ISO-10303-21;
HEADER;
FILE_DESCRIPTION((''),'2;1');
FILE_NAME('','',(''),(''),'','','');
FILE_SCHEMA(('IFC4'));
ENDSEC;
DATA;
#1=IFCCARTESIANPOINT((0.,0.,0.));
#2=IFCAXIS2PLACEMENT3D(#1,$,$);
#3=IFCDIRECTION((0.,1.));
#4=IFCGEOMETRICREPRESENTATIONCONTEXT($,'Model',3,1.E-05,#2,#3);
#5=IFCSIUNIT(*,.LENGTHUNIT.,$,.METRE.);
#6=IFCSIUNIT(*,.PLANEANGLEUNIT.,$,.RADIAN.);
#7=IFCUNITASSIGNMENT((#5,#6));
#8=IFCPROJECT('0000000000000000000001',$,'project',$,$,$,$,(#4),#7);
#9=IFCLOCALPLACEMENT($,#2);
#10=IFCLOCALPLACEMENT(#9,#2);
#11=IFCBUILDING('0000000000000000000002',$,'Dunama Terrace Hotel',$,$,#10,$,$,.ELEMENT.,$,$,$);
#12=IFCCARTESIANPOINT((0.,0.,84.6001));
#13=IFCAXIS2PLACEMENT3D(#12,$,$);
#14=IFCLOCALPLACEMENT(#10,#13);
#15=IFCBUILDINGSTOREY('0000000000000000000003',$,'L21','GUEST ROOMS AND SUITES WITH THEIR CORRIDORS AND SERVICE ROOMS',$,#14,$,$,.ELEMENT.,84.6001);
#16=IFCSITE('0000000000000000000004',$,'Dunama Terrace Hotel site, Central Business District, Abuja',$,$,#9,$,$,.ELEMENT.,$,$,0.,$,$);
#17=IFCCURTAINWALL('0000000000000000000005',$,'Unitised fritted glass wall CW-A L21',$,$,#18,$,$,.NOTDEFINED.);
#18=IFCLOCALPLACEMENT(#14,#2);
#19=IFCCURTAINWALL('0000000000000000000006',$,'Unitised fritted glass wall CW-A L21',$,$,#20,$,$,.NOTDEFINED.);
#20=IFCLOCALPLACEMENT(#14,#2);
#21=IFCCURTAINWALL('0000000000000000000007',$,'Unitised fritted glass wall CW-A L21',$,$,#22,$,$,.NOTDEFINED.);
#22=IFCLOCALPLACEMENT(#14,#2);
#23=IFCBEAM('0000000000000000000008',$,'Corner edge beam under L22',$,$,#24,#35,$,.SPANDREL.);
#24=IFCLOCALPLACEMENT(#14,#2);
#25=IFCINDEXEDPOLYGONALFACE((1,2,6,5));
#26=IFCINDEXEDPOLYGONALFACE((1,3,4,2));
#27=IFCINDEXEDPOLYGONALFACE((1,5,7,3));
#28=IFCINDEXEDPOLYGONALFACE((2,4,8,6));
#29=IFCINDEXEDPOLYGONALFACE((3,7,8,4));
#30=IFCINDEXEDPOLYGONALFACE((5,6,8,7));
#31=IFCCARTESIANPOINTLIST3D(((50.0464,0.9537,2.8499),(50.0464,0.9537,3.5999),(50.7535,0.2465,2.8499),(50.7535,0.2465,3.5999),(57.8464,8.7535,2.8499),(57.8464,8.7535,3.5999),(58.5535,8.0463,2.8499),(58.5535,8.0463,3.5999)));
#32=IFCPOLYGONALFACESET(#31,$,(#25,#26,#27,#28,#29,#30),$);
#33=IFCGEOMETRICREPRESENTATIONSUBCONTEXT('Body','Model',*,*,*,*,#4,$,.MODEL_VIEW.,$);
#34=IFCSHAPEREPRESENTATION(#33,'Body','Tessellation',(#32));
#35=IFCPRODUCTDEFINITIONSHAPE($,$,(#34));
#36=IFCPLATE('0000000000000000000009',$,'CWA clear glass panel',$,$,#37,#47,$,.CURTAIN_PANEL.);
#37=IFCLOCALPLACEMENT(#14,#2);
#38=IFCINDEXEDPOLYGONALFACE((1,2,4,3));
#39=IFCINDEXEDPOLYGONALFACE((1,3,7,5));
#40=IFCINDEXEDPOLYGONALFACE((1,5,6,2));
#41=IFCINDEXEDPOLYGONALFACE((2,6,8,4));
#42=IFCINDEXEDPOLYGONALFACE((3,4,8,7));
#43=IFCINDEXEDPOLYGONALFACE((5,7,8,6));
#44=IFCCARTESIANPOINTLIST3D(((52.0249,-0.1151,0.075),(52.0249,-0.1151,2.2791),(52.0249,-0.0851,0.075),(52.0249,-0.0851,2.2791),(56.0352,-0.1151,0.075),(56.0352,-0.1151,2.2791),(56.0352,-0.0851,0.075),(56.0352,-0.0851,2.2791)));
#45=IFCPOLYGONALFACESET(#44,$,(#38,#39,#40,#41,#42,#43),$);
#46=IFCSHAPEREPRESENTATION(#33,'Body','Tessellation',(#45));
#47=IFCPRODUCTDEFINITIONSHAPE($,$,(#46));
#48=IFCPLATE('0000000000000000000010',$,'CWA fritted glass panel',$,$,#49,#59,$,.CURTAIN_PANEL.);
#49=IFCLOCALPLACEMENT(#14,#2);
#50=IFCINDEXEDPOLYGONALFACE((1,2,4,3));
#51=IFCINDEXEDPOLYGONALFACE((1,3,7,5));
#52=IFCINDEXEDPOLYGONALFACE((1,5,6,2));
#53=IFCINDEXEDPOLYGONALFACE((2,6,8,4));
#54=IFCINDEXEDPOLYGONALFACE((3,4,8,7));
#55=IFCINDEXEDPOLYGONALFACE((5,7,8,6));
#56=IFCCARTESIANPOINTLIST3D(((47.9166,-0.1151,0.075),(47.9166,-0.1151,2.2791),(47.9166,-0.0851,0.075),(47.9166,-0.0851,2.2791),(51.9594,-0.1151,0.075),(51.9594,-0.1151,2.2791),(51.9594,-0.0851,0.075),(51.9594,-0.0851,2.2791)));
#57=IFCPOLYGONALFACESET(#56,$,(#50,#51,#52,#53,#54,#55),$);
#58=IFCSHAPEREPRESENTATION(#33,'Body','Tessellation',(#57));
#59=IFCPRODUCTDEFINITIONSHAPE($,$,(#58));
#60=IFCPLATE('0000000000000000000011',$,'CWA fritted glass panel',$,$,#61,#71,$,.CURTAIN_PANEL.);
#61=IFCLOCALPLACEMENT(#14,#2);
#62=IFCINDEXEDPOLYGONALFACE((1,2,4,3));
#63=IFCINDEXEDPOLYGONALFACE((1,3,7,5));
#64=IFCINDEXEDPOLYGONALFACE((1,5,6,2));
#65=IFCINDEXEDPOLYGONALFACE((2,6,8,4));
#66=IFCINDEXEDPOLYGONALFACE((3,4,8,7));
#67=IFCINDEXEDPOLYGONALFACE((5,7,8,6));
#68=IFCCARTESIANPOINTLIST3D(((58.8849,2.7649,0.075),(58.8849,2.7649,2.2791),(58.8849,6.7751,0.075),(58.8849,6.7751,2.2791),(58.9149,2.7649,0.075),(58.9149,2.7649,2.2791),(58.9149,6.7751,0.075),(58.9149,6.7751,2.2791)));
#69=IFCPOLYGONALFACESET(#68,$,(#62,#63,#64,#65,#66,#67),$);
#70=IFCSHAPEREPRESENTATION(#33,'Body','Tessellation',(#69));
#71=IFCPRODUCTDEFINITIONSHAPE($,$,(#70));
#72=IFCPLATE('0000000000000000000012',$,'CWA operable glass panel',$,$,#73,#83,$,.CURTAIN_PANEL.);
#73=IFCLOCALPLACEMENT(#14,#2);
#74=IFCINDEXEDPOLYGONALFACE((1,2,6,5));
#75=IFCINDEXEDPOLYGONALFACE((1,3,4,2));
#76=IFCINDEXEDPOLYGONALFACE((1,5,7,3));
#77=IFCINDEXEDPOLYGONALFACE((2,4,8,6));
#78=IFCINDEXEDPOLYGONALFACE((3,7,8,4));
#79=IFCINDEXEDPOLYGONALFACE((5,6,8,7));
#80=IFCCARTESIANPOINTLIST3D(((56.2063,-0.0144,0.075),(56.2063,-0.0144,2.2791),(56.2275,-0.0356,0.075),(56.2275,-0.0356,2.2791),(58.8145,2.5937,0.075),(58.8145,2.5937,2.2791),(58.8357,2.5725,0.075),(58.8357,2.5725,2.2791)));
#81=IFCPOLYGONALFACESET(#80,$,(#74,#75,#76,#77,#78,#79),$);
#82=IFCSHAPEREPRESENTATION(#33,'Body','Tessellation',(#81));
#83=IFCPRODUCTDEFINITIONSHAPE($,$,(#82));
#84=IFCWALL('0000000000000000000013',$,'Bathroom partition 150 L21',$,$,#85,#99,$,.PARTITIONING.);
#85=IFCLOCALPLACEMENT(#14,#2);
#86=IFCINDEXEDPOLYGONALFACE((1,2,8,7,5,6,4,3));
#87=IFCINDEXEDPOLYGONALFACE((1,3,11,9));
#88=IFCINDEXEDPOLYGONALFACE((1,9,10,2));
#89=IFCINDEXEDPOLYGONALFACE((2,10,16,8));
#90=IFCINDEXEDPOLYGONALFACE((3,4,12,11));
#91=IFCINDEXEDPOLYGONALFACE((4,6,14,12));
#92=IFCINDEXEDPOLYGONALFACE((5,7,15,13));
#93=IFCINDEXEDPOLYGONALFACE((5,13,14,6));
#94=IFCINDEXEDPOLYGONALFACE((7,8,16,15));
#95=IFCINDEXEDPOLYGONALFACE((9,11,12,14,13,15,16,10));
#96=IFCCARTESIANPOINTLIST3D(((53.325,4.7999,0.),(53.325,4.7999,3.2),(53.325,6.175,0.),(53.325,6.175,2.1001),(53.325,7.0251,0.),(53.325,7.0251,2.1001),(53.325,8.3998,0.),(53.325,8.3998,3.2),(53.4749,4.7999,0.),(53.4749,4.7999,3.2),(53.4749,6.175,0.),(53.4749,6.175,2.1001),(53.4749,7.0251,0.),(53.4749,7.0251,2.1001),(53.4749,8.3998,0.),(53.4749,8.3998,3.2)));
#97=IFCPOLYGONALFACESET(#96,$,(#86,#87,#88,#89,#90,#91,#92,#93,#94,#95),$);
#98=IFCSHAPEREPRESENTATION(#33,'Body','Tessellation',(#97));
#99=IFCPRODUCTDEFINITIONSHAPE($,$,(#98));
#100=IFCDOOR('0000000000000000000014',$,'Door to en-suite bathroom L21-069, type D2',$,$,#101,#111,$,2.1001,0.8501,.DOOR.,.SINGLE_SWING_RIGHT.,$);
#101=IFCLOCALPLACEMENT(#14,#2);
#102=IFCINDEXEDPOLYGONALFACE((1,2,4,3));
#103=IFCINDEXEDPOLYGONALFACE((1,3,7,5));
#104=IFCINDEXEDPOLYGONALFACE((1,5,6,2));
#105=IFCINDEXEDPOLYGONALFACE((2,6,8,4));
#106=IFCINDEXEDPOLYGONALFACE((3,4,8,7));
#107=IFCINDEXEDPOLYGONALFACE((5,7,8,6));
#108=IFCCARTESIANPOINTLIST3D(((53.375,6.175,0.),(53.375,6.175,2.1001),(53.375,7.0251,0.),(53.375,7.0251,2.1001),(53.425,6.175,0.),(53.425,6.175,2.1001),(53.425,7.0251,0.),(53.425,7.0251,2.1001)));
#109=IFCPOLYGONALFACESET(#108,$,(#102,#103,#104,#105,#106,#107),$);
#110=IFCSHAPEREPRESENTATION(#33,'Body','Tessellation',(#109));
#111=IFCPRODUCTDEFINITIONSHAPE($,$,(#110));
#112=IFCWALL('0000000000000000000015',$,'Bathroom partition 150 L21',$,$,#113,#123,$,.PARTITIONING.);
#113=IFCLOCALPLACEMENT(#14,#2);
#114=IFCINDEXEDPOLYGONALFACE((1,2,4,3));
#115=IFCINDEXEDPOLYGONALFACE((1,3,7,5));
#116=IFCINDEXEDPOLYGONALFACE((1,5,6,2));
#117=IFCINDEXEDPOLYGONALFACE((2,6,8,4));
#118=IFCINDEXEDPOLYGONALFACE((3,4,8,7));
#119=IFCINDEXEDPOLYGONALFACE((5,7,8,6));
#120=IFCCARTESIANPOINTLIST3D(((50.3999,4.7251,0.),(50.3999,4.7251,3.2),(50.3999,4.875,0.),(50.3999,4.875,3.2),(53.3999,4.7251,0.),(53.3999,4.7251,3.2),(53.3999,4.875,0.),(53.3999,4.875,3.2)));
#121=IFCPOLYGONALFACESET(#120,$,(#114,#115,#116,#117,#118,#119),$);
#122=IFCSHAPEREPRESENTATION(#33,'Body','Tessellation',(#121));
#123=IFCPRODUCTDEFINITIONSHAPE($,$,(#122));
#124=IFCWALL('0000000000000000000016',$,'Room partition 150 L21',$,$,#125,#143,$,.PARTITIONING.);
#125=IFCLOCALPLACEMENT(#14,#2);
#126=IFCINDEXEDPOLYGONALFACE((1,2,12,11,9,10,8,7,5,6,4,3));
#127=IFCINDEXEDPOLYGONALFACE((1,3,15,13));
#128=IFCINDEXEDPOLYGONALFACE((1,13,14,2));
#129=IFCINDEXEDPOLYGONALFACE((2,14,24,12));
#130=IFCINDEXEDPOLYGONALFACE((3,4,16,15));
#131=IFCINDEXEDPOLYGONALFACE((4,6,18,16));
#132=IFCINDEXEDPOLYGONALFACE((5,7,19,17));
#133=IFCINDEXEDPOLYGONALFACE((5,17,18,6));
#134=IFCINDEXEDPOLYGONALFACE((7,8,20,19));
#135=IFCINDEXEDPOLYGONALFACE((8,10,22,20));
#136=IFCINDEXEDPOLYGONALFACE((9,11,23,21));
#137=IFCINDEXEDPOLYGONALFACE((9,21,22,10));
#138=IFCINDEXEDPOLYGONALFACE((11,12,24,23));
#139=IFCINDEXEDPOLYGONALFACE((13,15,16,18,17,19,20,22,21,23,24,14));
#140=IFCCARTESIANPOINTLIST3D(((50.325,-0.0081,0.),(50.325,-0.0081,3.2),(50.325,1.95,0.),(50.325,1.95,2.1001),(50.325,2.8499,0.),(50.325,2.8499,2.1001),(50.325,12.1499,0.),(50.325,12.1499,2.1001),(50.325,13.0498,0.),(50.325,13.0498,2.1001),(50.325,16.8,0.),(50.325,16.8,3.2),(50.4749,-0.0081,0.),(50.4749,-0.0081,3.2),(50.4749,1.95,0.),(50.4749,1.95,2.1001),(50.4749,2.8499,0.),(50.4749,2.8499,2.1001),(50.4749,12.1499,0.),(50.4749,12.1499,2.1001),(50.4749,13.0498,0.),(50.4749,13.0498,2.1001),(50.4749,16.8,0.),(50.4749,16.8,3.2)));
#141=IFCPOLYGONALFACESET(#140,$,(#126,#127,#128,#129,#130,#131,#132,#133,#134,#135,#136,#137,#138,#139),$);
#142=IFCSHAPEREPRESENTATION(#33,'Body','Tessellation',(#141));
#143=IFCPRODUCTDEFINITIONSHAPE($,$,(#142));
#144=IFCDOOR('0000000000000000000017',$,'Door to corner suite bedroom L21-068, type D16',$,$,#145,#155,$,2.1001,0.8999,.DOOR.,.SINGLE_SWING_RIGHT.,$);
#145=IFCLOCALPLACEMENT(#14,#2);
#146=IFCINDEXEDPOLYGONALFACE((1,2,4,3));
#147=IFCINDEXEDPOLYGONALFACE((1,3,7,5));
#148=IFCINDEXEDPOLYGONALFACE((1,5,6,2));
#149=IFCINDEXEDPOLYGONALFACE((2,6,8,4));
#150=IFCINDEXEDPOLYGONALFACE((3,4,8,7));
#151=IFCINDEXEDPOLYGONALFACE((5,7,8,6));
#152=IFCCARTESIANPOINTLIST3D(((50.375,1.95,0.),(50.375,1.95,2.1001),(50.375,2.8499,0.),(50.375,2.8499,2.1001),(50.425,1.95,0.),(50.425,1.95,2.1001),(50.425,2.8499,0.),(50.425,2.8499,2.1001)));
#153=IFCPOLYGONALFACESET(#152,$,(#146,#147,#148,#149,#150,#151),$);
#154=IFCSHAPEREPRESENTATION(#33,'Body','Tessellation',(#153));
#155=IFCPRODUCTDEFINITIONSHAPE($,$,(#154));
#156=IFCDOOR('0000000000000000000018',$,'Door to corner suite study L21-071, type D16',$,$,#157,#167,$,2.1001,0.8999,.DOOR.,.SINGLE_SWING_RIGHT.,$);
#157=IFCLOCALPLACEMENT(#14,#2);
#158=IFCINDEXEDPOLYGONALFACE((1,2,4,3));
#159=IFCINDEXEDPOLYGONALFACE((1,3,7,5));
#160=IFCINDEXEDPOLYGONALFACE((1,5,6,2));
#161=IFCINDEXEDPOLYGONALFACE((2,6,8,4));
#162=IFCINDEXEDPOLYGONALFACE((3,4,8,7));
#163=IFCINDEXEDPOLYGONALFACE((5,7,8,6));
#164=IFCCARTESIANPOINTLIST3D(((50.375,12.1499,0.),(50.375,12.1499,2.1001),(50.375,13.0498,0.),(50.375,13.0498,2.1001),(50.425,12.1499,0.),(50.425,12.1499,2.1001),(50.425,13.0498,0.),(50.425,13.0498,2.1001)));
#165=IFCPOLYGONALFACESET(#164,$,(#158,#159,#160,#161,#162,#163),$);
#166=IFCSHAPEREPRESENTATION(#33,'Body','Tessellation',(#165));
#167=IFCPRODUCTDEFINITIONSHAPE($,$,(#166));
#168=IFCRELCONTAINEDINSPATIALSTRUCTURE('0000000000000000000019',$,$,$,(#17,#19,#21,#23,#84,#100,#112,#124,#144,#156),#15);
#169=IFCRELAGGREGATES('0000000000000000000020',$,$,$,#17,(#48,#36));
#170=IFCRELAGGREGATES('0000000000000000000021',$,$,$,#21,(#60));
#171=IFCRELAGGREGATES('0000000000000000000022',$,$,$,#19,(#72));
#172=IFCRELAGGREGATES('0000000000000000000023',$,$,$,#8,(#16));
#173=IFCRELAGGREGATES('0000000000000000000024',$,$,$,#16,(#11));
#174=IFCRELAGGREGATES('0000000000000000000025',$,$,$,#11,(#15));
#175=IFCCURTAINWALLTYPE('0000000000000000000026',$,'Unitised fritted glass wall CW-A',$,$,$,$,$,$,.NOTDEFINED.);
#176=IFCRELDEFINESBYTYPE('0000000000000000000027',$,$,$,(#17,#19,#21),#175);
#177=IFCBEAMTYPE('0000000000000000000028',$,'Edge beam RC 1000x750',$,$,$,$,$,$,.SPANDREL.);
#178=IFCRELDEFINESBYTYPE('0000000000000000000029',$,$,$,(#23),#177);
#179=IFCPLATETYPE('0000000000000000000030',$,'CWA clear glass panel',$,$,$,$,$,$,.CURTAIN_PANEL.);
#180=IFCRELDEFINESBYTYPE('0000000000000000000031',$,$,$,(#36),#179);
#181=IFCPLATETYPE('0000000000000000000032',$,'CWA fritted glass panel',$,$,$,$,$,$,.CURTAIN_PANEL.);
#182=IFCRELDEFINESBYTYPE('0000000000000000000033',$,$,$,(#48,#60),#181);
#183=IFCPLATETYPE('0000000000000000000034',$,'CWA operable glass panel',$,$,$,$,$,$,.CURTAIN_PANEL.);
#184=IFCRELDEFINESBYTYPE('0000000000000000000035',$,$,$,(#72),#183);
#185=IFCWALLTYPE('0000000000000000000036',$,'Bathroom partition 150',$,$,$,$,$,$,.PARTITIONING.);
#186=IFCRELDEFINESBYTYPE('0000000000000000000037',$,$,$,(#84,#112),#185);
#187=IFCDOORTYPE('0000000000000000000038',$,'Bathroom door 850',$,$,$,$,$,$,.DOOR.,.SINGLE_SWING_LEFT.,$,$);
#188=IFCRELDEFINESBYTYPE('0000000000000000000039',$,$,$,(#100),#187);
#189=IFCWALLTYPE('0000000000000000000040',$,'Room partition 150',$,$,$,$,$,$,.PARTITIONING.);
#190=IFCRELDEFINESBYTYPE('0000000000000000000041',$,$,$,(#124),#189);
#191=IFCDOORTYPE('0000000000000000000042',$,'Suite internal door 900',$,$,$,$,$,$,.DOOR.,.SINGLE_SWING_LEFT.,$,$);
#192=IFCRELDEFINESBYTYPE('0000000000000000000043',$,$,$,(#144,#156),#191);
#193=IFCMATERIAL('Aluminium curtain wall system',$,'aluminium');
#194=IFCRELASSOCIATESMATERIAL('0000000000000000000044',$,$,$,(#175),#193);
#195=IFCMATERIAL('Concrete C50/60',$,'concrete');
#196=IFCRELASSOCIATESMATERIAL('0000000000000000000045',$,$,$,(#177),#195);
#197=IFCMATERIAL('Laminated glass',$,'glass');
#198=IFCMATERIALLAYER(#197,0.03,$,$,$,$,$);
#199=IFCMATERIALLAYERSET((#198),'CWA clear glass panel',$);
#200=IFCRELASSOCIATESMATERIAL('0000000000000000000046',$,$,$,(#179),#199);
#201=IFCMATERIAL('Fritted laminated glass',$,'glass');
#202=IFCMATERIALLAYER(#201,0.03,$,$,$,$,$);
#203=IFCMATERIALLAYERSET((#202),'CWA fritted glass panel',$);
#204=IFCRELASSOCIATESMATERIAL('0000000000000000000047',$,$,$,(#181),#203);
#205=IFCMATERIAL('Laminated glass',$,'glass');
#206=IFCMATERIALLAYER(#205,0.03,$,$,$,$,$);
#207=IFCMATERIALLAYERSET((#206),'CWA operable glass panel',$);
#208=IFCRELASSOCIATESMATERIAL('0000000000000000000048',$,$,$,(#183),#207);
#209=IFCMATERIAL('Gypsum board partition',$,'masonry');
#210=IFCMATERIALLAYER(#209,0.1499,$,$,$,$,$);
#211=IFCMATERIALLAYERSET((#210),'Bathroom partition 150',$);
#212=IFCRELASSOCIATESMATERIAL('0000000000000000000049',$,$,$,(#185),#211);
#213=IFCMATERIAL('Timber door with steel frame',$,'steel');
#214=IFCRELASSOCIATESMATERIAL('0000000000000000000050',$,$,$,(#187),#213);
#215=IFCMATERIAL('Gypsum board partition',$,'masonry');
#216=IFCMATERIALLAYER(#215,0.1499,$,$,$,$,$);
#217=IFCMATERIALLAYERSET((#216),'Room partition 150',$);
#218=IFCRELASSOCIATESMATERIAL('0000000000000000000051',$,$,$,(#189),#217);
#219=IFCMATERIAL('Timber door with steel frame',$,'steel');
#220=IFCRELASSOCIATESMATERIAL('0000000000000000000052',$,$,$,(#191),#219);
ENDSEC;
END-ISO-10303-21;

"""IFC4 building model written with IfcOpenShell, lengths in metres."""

from ifc_helpers import new_model, si_unit, direction, frame, frame_2d, origin, origin_2d, place, context, subcontext, project, spatial, rectangle, extrude, material, layer, layer_set, material_profile, profile_set, type_object, element, fill, aggregate, save


model = new_model("IFC4")

# Units and contexts
model_context = context("Model", 3, precision=1e-05, world=origin(), true_north=direction((0.0, 1.0)))
body_context = subcontext(model_context, "Body", "Model", "MODEL_VIEW")
ifc_project = project(units=[si_unit("LENGTHUNIT", "METRE"), si_unit("PLANEANGLEUNIT", "RADIAN")], contexts=[model_context])

# Site, building, storey
site_placement = place(None, origin())
site = spatial("IfcSite", under=ifc_project, at=site_placement, Name="Dunama Terrace Hotel site, Central Business District, Abuja", CompositionType="ELEMENT", RefElevation=0.0)
building_placement = place(site_placement, origin())
building = spatial("IfcBuilding", under=site, at=building_placement, Name="Dunama Terrace Hotel", CompositionType="ELEMENT")
storey_placement = place(building_placement, frame((0.0, 0.0, 84.6001)))
storey = spatial("IfcBuildingStorey", under=building, at=storey_placement, Name="L21", Description="GUEST ROOMS AND SUITES WITH THEIR CORRIDORS AND SERVICE ROOMS", CompositionType="ELEMENT", Elevation=84.6001)

# Curtain walls
ifc_material_1 = material(Name="Aluminium curtain wall system", Category="aluminium")
curtain_wall_type = type_object("IfcCurtainWallType", Name="Unitised fritted glass wall CW-A", PredefinedType="NOTDEFINED", material=ifc_material_1)
curtain_wall_1_placement = place(storey_placement, origin())
curtain_wall_1 = element("IfcCurtainWall", 1, at=curtain_wall_1_placement, inside=storey, type_object=curtain_wall_type, Name="Unitised fritted glass wall CW-A L21", PredefinedType="NOTDEFINED")
curtain_wall_2_placement = place(storey_placement, origin())
curtain_wall_2 = element("IfcCurtainWall", 2, at=curtain_wall_2_placement, inside=storey, type_object=curtain_wall_type, Name="Unitised fritted glass wall CW-A L21", PredefinedType="NOTDEFINED")
curtain_wall_3_placement = place(storey_placement, origin())
curtain_wall_3 = element("IfcCurtainWall", 3, at=curtain_wall_3_placement, inside=storey, type_object=curtain_wall_type, Name="Unitised fritted glass wall CW-A L21", PredefinedType="NOTDEFINED")

# Beam
ifc_material_2 = material(Name="Concrete C50/60", Category="concrete")
ifc_material_profile_1 = material_profile(ifc_material_2, rectangle(XDim=1.0, YDim=0.75, at=origin_2d()), Name="RC 1000x750")
ifc_profile_set_1 = profile_set([ifc_material_profile_1], Name="Concrete C50/60")
beam_type = type_object("IfcBeamType", Name="Edge beam RC 1000x750", PredefinedType="SPANDREL", material=ifc_profile_set_1)
beam_placement = place(storey_placement, frame((50.3999, 0.6001, 3.2249), z_axis=(0.707118, 0.707096, 0.0), x_axis=(-0.707096, 0.707118, 0.0)))
element("IfcBeam", 4, at=beam_placement, inside=storey, type_object=beam_type, Name="Corner edge beam under L22", PredefinedType="SPANDREL", context=body_context, shape_type="SweptSolid", body=[
    extrude(rectangle(XDim=1.0, YDim=0.75, at=origin_2d()), origin(), (0.0, 0.0, 1.0), 11.0308),
])

# Plates
ifc_material_3 = material(Name="Laminated glass", Category="glass")
ifc_layer_1 = layer(ifc_material_3, 0.03)
ifc_layer_set_1 = layer_set([ifc_layer_1], Name="CWA clear glass panel")
plate_type_1 = type_object("IfcPlateType", Name="CWA clear glass panel", PredefinedType="CURTAIN_PANEL", material=ifc_layer_set_1)
plate_1_placement = place(storey_placement, frame((54.03, -0.1001, 0.075), z_axis=(0.0, 0.0, 1.0), x_axis=(1.0, 0.0, 0.0)))
plate_1 = element("IfcPlate", 5, at=plate_1_placement, type_object=plate_type_1, Name="CWA clear glass panel", PredefinedType="CURTAIN_PANEL", context=body_context, shape_type="SweptSolid", body=[
    extrude(rectangle(XDim=4.0103, YDim=0.03, at=origin_2d()), origin(), (0.0, 0.0, 1.0), 2.2041),
])
ifc_material_4 = material(Name="Fritted laminated glass", Category="glass")
ifc_layer_2 = layer(ifc_material_4, 0.03)
ifc_layer_set_2 = layer_set([ifc_layer_2], Name="CWA fritted glass panel")
plate_type_2 = type_object("IfcPlateType", Name="CWA fritted glass panel", PredefinedType="CURTAIN_PANEL", material=ifc_layer_set_2)
plate_2_placement = place(storey_placement, frame((49.938, -0.1001, 0.075), z_axis=(0.0, 0.0, 1.0), x_axis=(1.0, 0.0, 0.0)))
plate_2 = element("IfcPlate", 6, at=plate_2_placement, type_object=plate_type_2, Name="CWA fritted glass panel", PredefinedType="CURTAIN_PANEL", context=body_context, shape_type="SweptSolid", body=[
    extrude(rectangle(XDim=4.0427, YDim=0.03, at=origin_2d()), origin(), (0.0, 0.0, 1.0), 2.2041),
])
aggregate(curtain_wall_1, [plate_2, plate_1])
plate_3_placement = place(storey_placement, frame((58.8999, 4.77, 0.075), z_axis=(0.0, 0.0, 1.0), x_axis=(0.0, 1.0, 0.0)))
plate_3 = element("IfcPlate", 7, at=plate_3_placement, type_object=plate_type_2, Name="CWA fritted glass panel", PredefinedType="CURTAIN_PANEL", context=body_context, shape_type="SweptSolid", body=[
    extrude(rectangle(XDim=4.0103, YDim=0.03, at=origin_2d()), origin(), (0.0, 0.0, 1.0), 2.2041),
])
aggregate(curtain_wall_3, [plate_3])
ifc_material_5 = material(Name="Laminated glass", Category="glass")
ifc_layer_3 = layer(ifc_material_5, 0.03)
ifc_layer_set_3 = layer_set([ifc_layer_3], Name="CWA operable glass panel")
plate_type_3 = type_object("IfcPlateType", Name="CWA operable glass panel", PredefinedType="CURTAIN_PANEL", material=ifc_layer_set_3)
plate_4_placement = place(storey_placement, frame((57.521, 1.2791, 0.075), z_axis=(0.0, 0.0, 1.0), x_axis=(0.707107, 0.707107, 0.0)))
plate_4 = element("IfcPlate", 8, at=plate_4_placement, type_object=plate_type_3, Name="CWA operable glass panel", PredefinedType="CURTAIN_PANEL", context=body_context, shape_type="SweptSolid", body=[
    extrude(rectangle(XDim=3.6885, YDim=0.03, at=origin_2d()), origin(), (0.0, 0.0, 1.0), 2.2041),
])
aggregate(curtain_wall_2, [plate_4])

# Wall, opening, door
ifc_material_6 = material(Name="Gypsum board partition", Category="masonry")
ifc_layer_4 = layer(ifc_material_6, 0.1499)
ifc_layer_set_4 = layer_set([ifc_layer_4], Name="Bathroom partition 150")
wall_type_1 = type_object("IfcWallType", Name="Bathroom partition 150", PredefinedType="PARTITIONING", material=ifc_layer_set_4)
wall_1_placement = place(storey_placement, frame((53.3999, 4.8, 0.0), z_axis=(0.0, 0.0, 1.0), x_axis=(0.0, 1.0, 0.0)))
wall_1 = element("IfcWall", 9, at=wall_1_placement, inside=storey, type_object=wall_type_1, Name="Bathroom partition 150 L21", PredefinedType="PARTITIONING", context=body_context, shape_type="SweptSolid", body=[
    extrude(rectangle(XDim=3.5999, YDim=0.1499, at=frame_2d((1.7998, 0.0))), origin(), (0.0, 0.0, 1.0), 3.2),
])
opening_1_placement = place(wall_1_placement, frame((1.375, 0.0, 0.0)))
opening_1 = element("IfcOpeningElement", 10, at=opening_1_placement, cuts=wall_1, PredefinedType="OPENING", context=body_context, shape_type="SweptSolid", body=[
    extrude(rectangle(XDim=0.8501, YDim=2.1001, at=frame_2d((0.425, 1.05))), frame((0.0, 0.085, 0.0), z_axis=(0.0, -1.0, 0.0), x_axis=(1.0, 0.0, 0.0)), (0.0, 0.0, 1.0), 0.1699),
])
ifc_material_7 = material(Name="Timber door with steel frame", Category="steel")
door_type_1 = type_object("IfcDoorType", Name="Bathroom door 850", OperationType="SINGLE_SWING_LEFT", PredefinedType="DOOR", material=ifc_material_7)
door_1_placement = place(opening_1_placement, origin())
door_1 = element("IfcDoor", 11, at=door_1_placement, inside=storey, type_object=door_type_1, Name="Door to en-suite bathroom L21-069, type D2", OperationType="SINGLE_SWING_RIGHT", OverallHeight=2.1001, OverallWidth=0.8501, PredefinedType="DOOR", context=body_context, shape_type="SweptSolid", body=[
    extrude(rectangle(XDim=0.8501, YDim=2.1001, at=frame_2d((0.425, 1.05))), frame((0.0, 0.0249, 0.0), z_axis=(0.0, -1.0, 0.0), x_axis=(1.0, 0.0, 0.0)), (0.0, 0.0, 1.0), 0.05),
])
fill(opening_1, door_1)

# Wall
wall_2_placement = place(storey_placement, frame((50.3999, 4.8, 0.0), z_axis=(0.0, 0.0, 1.0), x_axis=(1.0, 0.0, 0.0)))
element("IfcWall", 12, at=wall_2_placement, inside=storey, type_object=wall_type_1, Name="Bathroom partition 150 L21", PredefinedType="PARTITIONING", context=body_context, shape_type="SweptSolid", body=[
    extrude(rectangle(XDim=3.0, YDim=0.1499, at=frame_2d((1.5, 0.0))), origin(), (0.0, 0.0, 1.0), 3.2),
])

# Wall, openings, doors
ifc_material_8 = material(Name="Gypsum board partition", Category="masonry")
ifc_layer_5 = layer(ifc_material_8, 0.1499)
ifc_layer_set_5 = layer_set([ifc_layer_5], Name="Room partition 150")
wall_type_2 = type_object("IfcWallType", Name="Room partition 150", PredefinedType="PARTITIONING", material=ifc_layer_set_5)
wall_3_placement = place(storey_placement, frame((50.3999, -0.0081, 0.0), z_axis=(0.0, 0.0, 1.0), x_axis=(0.0, 1.0, 0.0)))
wall_3 = element("IfcWall", 13, at=wall_3_placement, inside=storey, type_object=wall_type_2, Name="Room partition 150 L21", PredefinedType="PARTITIONING", context=body_context, shape_type="SweptSolid", body=[
    extrude(rectangle(XDim=16.8081, YDim=0.1499, at=frame_2d((8.4041, 0.0))), origin(), (0.0, 0.0, 1.0), 3.2),
])
opening_2_placement = place(wall_3_placement, frame((1.958, 0.0, 0.0)))
opening_2 = element("IfcOpeningElement", 14, at=opening_2_placement, cuts=wall_3, PredefinedType="OPENING", context=body_context, shape_type="SweptSolid", body=[
    extrude(rectangle(XDim=0.8999, YDim=2.1001, at=frame_2d((0.45, 1.05))), frame((0.0, 0.085, 0.0), z_axis=(0.0, -1.0, 0.0), x_axis=(1.0, 0.0, 0.0)), (0.0, 0.0, 1.0), 0.1699),
])
opening_3_placement = place(wall_3_placement, frame((12.158, 0.0, 0.0)))
opening_3 = element("IfcOpeningElement", 15, at=opening_3_placement, cuts=wall_3, PredefinedType="OPENING", context=body_context, shape_type="SweptSolid", body=[
    extrude(rectangle(XDim=0.8999, YDim=2.1001, at=frame_2d((0.45, 1.05))), frame((0.0, 0.085, 0.0), z_axis=(0.0, -1.0, 0.0), x_axis=(1.0, 0.0, 0.0)), (0.0, 0.0, 1.0), 0.1699),
])
ifc_material_9 = material(Name="Timber door with steel frame", Category="steel")
door_type_2 = type_object("IfcDoorType", Name="Suite internal door 900", OperationType="SINGLE_SWING_LEFT", PredefinedType="DOOR", material=ifc_material_9)
door_2_placement = place(opening_2_placement, frame((0.8999, 0.0, 0.0), z_axis=(0.0, 0.0, 1.0), x_axis=(-1.0, 0.0, 0.0)))
door_2 = element("IfcDoor", 16, at=door_2_placement, inside=storey, type_object=door_type_2, Name="Door to corner suite bedroom L21-068, type D16", OperationType="SINGLE_SWING_RIGHT", OverallHeight=2.1001, OverallWidth=0.8999, PredefinedType="DOOR", context=body_context, shape_type="SweptSolid", body=[
    extrude(rectangle(XDim=0.8999, YDim=2.1001, at=frame_2d((0.45, 1.05))), frame((0.0, 0.0251, 0.0), z_axis=(0.0, -1.0, 0.0), x_axis=(1.0, 0.0, 0.0)), (0.0, 0.0, 1.0), 0.05),
])
fill(opening_2, door_2)
door_3_placement = place(opening_3_placement, frame((0.8999, 0.0, 0.0), z_axis=(0.0, 0.0, 1.0), x_axis=(-1.0, 0.0, 0.0)))
door_3 = element("IfcDoor", 17, at=door_3_placement, inside=storey, type_object=door_type_2, Name="Door to corner suite study L21-071, type D16", OperationType="SINGLE_SWING_RIGHT", OverallHeight=2.1001, OverallWidth=0.8999, PredefinedType="DOOR", context=body_context, shape_type="SweptSolid", body=[
    extrude(rectangle(XDim=0.8999, YDim=2.1001, at=frame_2d((0.45, 1.05))), frame((0.0, 0.0251, 0.0), z_axis=(0.0, -1.0, 0.0), x_axis=(1.0, 0.0, 0.0)), (0.0, 0.0, 1.0), 0.05),
])
fill(opening_3, door_3)

save(model, "model.ifc")
